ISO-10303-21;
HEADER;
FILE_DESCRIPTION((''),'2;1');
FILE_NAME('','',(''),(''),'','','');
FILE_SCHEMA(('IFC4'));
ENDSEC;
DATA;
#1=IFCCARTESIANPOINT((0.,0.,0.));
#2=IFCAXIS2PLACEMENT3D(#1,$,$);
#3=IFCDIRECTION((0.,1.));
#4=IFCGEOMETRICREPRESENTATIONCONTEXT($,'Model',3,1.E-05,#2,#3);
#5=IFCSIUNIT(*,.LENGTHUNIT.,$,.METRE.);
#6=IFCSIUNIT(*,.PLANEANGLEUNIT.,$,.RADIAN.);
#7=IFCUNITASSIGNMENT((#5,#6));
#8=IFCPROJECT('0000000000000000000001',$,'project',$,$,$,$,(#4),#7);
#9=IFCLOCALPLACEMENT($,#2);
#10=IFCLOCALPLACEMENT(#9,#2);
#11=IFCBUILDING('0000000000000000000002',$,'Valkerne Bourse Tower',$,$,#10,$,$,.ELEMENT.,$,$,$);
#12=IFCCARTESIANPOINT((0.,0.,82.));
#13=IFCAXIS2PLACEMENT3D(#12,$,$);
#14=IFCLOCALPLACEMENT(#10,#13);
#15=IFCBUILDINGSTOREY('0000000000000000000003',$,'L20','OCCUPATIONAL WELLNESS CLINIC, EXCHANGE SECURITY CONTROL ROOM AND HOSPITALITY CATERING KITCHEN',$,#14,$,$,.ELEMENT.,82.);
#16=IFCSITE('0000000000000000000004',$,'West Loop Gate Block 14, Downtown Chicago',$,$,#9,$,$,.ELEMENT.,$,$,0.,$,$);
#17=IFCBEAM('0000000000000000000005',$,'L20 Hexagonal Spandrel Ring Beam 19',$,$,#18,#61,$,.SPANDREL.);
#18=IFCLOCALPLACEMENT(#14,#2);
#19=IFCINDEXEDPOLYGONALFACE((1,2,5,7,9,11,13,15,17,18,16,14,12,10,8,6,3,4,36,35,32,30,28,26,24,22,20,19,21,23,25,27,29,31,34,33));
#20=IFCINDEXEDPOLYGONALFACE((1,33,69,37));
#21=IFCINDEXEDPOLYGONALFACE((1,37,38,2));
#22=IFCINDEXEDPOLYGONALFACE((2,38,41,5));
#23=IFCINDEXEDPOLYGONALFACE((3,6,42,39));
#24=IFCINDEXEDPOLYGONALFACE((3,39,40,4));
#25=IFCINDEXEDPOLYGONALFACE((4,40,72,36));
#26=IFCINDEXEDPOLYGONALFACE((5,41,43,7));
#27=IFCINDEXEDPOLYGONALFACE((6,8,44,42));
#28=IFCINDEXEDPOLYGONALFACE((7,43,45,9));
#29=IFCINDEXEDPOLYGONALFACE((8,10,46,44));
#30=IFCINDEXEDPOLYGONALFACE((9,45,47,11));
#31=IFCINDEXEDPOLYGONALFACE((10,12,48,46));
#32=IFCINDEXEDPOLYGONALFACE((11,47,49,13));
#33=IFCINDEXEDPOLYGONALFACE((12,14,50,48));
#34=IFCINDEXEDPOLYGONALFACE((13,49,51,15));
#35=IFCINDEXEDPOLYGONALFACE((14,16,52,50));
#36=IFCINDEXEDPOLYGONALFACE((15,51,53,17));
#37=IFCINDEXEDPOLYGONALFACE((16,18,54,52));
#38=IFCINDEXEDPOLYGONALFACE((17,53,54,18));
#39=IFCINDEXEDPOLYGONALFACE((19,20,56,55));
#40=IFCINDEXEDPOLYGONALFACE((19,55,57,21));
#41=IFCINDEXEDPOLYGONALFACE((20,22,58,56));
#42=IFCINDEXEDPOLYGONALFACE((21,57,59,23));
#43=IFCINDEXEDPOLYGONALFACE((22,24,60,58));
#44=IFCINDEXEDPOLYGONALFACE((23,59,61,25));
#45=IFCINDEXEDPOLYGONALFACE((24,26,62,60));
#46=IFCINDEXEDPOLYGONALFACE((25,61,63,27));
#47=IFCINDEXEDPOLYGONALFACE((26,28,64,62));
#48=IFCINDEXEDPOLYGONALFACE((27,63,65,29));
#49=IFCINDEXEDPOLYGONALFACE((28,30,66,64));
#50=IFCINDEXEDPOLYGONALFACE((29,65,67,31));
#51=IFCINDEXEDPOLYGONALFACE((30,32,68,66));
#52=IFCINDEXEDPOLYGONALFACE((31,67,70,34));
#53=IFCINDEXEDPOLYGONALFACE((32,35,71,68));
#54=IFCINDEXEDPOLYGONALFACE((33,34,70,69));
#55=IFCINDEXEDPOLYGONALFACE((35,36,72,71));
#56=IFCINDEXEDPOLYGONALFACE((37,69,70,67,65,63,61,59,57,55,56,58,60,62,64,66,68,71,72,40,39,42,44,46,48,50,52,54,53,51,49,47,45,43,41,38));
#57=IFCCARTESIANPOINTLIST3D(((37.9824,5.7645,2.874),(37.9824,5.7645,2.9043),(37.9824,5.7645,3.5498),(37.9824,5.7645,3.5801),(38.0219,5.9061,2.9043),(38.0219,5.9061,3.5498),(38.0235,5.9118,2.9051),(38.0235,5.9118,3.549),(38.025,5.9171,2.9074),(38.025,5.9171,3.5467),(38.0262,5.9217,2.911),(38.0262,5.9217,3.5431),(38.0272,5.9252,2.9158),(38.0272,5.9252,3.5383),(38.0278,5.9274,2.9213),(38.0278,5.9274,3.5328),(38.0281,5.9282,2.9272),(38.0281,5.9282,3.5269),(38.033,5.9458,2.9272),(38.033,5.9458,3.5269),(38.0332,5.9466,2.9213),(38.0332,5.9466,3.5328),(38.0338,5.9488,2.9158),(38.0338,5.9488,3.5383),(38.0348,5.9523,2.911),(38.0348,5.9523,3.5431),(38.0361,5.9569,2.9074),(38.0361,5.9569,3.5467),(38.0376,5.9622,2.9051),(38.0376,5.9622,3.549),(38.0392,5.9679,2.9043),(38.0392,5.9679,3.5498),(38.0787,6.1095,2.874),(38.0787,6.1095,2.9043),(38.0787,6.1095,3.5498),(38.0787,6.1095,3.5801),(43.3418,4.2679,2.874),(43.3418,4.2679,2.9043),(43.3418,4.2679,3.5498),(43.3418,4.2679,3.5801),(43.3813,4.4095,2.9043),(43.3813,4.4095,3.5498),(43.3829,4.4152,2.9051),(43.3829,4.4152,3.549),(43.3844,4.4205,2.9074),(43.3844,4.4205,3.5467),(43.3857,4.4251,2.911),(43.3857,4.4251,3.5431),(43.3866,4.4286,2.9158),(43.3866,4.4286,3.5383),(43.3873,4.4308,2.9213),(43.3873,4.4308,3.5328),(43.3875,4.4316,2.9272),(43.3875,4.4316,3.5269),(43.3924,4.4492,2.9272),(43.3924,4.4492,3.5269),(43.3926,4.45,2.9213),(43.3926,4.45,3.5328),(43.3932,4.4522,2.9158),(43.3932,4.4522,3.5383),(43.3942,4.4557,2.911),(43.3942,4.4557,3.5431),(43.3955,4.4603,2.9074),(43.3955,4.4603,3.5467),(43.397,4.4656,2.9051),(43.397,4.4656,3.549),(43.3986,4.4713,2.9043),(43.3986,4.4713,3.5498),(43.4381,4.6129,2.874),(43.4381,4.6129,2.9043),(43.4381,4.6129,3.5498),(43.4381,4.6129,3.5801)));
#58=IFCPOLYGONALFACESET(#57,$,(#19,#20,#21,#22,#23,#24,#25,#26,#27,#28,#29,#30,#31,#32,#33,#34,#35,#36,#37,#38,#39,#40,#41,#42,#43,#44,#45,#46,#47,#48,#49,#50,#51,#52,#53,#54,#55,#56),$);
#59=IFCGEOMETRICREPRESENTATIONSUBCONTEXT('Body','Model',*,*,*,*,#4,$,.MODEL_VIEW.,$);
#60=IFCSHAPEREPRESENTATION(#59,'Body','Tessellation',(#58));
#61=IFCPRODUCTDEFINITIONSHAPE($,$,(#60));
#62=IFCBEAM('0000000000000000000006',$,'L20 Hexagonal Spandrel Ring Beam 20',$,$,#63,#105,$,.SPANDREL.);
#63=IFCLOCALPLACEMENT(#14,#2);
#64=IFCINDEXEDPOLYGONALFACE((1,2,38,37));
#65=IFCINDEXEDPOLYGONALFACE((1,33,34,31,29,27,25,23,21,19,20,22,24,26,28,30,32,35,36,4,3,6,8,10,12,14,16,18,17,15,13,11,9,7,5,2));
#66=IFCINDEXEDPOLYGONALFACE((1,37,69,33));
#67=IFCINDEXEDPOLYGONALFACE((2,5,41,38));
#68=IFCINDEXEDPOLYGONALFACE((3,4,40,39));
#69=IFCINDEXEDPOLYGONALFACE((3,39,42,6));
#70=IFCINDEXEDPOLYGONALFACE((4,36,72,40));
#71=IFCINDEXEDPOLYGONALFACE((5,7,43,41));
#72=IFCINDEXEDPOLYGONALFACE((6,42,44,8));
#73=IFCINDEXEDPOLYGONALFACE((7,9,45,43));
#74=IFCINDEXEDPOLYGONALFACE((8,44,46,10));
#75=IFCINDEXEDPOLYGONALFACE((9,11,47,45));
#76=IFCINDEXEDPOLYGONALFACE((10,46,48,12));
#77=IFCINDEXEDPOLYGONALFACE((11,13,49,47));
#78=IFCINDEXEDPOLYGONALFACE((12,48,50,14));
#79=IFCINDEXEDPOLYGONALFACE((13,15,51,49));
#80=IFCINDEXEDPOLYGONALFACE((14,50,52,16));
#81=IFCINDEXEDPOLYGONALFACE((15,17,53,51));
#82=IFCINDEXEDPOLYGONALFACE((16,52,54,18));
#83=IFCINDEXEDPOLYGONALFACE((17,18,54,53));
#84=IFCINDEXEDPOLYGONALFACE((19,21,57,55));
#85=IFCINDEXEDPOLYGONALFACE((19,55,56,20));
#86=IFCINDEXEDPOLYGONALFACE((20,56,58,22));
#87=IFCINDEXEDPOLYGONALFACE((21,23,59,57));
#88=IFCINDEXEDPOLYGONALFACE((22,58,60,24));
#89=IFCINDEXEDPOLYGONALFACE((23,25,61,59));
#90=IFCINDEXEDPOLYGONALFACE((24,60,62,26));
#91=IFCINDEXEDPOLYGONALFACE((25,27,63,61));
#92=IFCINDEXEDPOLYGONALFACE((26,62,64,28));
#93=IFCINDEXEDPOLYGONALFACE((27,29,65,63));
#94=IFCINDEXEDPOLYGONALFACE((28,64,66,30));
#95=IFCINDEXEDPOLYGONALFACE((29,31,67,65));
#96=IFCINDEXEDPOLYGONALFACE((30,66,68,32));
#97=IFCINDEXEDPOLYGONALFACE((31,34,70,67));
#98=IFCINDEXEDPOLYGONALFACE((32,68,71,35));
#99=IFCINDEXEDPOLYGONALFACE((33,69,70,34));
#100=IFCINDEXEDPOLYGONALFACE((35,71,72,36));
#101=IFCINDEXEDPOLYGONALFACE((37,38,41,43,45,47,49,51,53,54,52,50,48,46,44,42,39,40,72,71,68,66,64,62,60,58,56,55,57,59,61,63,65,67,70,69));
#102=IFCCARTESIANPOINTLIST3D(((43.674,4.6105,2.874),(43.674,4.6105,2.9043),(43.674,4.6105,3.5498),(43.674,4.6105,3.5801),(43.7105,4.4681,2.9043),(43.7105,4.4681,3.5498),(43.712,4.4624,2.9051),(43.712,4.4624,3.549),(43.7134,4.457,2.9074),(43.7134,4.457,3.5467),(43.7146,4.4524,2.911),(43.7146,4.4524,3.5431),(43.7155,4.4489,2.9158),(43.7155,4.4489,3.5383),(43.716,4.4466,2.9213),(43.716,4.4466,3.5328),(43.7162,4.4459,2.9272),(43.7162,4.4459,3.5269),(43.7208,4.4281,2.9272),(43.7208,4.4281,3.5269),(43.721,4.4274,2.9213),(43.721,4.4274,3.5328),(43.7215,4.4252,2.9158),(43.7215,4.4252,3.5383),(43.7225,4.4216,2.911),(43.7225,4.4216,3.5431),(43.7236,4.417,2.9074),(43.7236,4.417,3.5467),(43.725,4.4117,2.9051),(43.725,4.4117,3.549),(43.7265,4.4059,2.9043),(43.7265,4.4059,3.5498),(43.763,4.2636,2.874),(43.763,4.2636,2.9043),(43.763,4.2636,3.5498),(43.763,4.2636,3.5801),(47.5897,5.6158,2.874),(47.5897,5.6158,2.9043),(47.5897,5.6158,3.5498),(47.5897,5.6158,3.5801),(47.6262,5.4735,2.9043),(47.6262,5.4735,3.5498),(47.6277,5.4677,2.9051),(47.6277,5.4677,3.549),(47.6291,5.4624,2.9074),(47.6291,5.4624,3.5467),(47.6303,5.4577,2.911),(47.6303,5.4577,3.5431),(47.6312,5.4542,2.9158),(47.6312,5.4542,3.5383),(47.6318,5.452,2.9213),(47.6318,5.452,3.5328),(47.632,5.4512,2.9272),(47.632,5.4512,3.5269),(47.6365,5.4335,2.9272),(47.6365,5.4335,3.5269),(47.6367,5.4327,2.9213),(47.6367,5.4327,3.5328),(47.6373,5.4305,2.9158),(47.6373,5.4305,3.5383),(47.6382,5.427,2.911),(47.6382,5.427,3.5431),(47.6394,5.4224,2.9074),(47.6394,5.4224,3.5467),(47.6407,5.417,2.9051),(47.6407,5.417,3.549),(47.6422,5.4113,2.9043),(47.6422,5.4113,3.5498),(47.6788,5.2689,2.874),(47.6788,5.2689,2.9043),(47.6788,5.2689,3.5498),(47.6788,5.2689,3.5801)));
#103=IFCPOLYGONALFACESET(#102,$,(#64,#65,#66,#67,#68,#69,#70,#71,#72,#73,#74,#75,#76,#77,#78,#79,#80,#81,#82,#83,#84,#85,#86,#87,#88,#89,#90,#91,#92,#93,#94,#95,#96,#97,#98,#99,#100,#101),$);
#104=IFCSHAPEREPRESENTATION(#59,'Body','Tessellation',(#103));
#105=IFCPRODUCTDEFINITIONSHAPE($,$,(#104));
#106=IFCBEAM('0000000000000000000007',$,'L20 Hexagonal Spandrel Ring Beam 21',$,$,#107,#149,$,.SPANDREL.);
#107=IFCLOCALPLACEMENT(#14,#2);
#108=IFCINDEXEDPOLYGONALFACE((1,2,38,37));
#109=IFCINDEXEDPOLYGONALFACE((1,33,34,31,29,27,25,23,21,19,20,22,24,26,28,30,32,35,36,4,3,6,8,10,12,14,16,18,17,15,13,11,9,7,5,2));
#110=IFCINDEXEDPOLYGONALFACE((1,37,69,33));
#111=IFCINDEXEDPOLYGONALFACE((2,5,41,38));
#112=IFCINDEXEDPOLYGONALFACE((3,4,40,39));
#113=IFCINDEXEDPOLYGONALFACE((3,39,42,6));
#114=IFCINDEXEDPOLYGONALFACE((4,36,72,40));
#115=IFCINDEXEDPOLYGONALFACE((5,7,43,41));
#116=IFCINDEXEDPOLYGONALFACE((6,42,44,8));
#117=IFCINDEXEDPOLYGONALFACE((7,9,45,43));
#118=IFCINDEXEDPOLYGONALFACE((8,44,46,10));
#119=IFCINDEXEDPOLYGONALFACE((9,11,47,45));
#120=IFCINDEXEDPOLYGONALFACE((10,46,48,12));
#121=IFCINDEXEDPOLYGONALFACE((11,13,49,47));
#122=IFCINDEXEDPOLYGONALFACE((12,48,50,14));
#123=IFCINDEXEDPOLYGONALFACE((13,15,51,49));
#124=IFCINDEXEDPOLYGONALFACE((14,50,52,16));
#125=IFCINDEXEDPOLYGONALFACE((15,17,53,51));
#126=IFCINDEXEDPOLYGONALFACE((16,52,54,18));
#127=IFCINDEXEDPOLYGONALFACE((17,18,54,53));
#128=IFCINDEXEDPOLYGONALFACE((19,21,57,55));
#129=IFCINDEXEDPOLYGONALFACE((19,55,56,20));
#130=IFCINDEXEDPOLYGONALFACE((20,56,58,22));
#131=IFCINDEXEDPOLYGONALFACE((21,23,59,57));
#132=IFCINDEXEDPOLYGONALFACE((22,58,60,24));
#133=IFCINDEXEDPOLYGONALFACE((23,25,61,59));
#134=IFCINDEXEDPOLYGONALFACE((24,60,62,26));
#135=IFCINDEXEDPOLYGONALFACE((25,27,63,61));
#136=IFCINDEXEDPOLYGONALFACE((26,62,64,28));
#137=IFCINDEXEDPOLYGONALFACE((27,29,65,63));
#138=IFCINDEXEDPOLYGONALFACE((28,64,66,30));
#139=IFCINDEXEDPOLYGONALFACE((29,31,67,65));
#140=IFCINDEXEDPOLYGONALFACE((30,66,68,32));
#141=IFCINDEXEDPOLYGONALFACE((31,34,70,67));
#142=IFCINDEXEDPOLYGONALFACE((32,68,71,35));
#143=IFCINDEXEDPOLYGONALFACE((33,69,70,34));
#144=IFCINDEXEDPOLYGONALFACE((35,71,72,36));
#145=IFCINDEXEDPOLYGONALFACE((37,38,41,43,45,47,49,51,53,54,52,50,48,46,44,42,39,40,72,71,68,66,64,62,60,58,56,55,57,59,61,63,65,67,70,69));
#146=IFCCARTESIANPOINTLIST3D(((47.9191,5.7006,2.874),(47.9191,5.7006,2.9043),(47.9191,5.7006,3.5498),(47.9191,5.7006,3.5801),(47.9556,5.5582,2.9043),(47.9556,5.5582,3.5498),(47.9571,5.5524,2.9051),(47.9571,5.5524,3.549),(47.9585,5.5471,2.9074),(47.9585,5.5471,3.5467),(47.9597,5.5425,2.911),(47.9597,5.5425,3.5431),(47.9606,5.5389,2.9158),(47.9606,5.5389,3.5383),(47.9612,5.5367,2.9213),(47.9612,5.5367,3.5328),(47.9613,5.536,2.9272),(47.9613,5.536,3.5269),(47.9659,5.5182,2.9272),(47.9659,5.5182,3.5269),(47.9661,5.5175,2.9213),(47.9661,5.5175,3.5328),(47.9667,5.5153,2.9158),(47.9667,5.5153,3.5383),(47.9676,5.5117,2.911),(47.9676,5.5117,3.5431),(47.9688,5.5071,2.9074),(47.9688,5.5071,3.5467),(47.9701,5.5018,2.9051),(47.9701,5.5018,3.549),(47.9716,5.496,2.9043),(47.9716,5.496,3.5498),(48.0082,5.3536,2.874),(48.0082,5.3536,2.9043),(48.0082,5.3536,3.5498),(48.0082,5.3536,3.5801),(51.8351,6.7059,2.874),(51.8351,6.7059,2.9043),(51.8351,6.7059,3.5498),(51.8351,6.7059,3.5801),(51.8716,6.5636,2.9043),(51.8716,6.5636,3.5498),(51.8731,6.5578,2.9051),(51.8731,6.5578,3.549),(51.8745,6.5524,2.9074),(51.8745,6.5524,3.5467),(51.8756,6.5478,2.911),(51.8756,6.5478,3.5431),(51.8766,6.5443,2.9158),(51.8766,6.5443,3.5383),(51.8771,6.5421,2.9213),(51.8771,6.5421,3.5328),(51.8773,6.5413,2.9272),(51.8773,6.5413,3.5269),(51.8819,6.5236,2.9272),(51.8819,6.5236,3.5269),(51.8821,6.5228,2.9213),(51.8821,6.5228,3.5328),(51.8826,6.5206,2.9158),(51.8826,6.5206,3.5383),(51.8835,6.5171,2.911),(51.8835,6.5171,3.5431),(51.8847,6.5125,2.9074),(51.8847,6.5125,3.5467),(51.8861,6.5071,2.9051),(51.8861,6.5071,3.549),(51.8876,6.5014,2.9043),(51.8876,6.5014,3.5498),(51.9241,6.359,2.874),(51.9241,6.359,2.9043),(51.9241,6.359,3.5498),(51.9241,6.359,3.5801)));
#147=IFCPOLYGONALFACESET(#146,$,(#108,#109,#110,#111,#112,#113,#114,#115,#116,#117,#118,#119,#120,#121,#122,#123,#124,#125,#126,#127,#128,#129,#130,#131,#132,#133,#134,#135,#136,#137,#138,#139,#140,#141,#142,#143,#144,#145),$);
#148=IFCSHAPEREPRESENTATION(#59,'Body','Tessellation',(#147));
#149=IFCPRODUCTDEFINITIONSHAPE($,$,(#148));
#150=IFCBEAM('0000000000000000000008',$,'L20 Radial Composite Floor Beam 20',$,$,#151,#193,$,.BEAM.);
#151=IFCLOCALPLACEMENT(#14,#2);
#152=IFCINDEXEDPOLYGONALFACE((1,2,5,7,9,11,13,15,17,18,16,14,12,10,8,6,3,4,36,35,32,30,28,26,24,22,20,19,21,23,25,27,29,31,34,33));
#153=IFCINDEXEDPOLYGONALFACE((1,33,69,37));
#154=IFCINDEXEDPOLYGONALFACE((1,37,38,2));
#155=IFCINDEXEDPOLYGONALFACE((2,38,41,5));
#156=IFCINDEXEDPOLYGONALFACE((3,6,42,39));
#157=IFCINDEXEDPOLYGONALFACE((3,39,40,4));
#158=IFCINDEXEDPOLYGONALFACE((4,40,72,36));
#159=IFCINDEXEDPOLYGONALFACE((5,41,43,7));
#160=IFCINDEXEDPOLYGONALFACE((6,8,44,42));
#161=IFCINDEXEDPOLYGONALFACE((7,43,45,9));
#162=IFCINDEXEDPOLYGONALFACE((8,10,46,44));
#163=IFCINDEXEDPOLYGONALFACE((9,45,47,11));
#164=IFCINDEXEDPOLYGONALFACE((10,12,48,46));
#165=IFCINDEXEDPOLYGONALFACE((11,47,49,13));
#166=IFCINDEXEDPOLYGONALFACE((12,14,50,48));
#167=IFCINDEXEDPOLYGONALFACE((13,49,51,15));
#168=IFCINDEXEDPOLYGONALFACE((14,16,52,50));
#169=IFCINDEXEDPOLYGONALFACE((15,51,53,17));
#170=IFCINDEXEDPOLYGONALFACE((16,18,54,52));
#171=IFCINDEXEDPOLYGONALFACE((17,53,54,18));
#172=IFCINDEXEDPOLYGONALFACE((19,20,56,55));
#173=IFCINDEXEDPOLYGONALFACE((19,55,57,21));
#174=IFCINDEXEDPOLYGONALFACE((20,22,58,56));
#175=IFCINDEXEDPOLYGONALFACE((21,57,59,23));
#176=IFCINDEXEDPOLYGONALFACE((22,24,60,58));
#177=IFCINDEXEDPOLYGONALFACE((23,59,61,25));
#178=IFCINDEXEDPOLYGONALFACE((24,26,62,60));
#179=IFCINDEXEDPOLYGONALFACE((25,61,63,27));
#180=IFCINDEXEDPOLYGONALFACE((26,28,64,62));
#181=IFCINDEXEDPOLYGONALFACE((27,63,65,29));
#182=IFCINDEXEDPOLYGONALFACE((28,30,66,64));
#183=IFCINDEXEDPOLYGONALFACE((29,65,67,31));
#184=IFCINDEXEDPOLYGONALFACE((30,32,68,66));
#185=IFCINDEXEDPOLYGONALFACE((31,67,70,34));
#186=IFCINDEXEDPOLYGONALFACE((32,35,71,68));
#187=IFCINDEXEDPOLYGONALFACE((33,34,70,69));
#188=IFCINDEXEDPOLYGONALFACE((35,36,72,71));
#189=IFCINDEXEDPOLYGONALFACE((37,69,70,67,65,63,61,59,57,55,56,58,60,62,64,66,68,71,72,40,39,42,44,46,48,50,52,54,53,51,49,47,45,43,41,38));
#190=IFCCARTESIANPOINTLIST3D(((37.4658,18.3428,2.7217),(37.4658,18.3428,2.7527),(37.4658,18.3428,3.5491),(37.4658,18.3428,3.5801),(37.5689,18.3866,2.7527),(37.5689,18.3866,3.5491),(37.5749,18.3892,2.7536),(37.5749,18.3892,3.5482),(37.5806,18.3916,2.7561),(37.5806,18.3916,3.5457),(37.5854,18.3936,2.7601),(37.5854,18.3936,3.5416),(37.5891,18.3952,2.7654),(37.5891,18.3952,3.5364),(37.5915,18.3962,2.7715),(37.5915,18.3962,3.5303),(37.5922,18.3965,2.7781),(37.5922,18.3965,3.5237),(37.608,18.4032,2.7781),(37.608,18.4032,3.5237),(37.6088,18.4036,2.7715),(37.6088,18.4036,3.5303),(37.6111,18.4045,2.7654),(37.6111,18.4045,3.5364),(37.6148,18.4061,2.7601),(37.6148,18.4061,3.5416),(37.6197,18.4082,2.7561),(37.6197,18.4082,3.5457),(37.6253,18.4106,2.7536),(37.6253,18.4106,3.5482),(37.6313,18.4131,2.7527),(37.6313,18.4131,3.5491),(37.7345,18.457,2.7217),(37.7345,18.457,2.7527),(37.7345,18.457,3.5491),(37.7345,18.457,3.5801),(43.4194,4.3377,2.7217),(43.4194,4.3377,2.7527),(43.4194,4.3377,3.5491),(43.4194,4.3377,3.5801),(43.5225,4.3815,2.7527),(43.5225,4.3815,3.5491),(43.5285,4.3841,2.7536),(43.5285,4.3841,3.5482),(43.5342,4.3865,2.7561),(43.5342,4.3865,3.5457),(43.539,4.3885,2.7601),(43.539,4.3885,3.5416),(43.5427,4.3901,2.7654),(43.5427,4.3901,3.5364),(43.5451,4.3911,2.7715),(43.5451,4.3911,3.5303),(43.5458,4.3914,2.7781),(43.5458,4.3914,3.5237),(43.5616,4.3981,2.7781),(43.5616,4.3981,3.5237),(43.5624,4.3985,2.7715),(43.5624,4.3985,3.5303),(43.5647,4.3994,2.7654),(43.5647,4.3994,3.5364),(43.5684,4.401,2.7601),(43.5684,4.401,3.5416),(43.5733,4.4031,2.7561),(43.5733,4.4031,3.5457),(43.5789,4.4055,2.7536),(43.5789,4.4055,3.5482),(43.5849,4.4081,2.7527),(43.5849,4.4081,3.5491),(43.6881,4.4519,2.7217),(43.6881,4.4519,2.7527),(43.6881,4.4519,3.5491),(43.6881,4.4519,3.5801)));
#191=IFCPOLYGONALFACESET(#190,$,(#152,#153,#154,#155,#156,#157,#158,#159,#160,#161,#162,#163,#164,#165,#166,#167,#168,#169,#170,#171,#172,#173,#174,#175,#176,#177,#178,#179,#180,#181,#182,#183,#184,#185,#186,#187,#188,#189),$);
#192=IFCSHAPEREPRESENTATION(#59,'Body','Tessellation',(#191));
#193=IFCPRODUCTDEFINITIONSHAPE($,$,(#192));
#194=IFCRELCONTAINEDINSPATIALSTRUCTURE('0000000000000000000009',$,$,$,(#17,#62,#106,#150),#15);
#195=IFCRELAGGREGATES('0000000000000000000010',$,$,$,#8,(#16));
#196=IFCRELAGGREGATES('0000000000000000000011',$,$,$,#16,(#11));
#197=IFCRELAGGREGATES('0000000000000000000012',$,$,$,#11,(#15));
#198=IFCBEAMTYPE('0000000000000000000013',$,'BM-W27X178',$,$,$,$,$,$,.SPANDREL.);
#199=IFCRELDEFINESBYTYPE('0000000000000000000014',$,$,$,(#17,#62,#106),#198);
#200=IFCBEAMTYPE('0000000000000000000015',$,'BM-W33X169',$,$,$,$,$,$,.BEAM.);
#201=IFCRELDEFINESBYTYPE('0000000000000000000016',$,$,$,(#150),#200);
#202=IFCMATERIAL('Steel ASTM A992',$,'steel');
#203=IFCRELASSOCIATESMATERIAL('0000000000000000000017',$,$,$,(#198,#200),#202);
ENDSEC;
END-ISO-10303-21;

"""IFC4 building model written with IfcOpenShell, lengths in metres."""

from ifc_helpers import new_model, si_unit, direction, frame, origin, origin_2d, place, context, subcontext, project, spatial, i_section, extrude, material, material_profile, profile_set, type_object, element, save


model = new_model("IFC4")

# Units and contexts
model_context = context("Model", 3, precision=1e-05, world=origin(), true_north=direction((0.0, 1.0)))
body_context = subcontext(model_context, "Body", "Model", "MODEL_VIEW")
ifc_project = project(units=[si_unit("LENGTHUNIT", "METRE"), si_unit("PLANEANGLEUNIT", "RADIAN")], contexts=[model_context])

# Site, building, storey
site_placement = place(None, origin())
site = spatial("IfcSite", under=ifc_project, at=site_placement, Name="West Loop Gate Block 14, Downtown Chicago", CompositionType="ELEMENT", RefElevation=0.0)
building_placement = place(site_placement, origin())
building = spatial("IfcBuilding", under=site, at=building_placement, Name="Valkerne Bourse Tower", CompositionType="ELEMENT")
storey_placement = place(building_placement, frame((0.0, 0.0, 82.0)))
storey = spatial("IfcBuildingStorey", under=building, at=storey_placement, Name="L20", Description="OCCUPATIONAL WELLNESS CLINIC, EXCHANGE SECURITY CONTROL ROOM AND HOSPITALITY CATERING KITCHEN", CompositionType="ELEMENT", Elevation=82.0)

# Beams
ifc_material_1 = material(Name="Steel ASTM A992", Category="steel")
ifc_material_profile_1 = material_profile(ifc_material_1, i_section(OverallWidth=0.3582, OverallDepth=0.7061, WebThickness=0.0183, FlangeThickness=0.0303, FilletRadius=0.0229, at=origin_2d()), Name="W27X178")
ifc_profile_set_1 = profile_set([ifc_material_profile_1], Name="Steel ASTM A992")
beam_type_1 = type_object("IfcBeamType", Name="BM-W27X178", PredefinedType="SPANDREL", material=ifc_profile_set_1)
beam_1_placement = place(storey_placement, frame((38.0305, 5.937, 3.2271), z_axis=(0.963152, -0.268956, 0.0), x_axis=(0.268956, 0.963152, 0.0)))
element("IfcBeam", 1, at=beam_1_placement, inside=storey, type_object=beam_type_1, Name="L20 Hexagonal Spandrel Ring Beam 19", PredefinedType="SPANDREL", context=body_context, shape_type="SweptSolid", body=[
    extrude(i_section(OverallWidth=0.3582, OverallDepth=0.7061, WebThickness=0.0183, FlangeThickness=0.0303, FilletRadius=0.0229, at=origin_2d()), origin(), (0.0, 0.0, 1.0), 5.5645),
])
beam_2_placement = place(storey_placement, frame((43.7185, 4.437, 3.2271), z_axis=(0.968585, 0.248683, 0.0), x_axis=(-0.248683, 0.968585, 0.0)))
element("IfcBeam", 2, at=beam_2_placement, inside=storey, type_object=beam_type_1, Name="L20 Hexagonal Spandrel Ring Beam 20", PredefinedType="SPANDREL", context=body_context, shape_type="SweptSolid", body=[
    extrude(i_section(OverallWidth=0.3582, OverallDepth=0.7061, WebThickness=0.0183, FlangeThickness=0.0303, FilletRadius=0.0229, at=origin_2d()), origin(), (0.0, 0.0, 1.0), 4.0427),
])
beam_3_placement = place(storey_placement, frame((47.9636, 5.5271, 3.2271), z_axis=(0.968589, 0.248669, 0.0), x_axis=(-0.248669, 0.968589, 0.0)))
element("IfcBeam", 3, at=beam_3_placement, inside=storey, type_object=beam_type_1, Name="L20 Hexagonal Spandrel Ring Beam 21", PredefinedType="SPANDREL", context=body_context, shape_type="SweptSolid", body=[
    extrude(i_section(OverallWidth=0.3582, OverallDepth=0.7061, WebThickness=0.0183, FlangeThickness=0.0303, FilletRadius=0.0229, at=origin_2d()), origin(), (0.0, 0.0, 1.0), 4.043),
])
ifc_material_profile_2 = material_profile(ifc_material_1, i_section(OverallWidth=0.292, OverallDepth=0.8584, WebThickness=0.0171, FlangeThickness=0.031, FilletRadius=0.0254, at=origin_2d()), Name="W33X169")
ifc_profile_set_2 = profile_set([ifc_material_profile_2], Name="Steel ASTM A992")
beam_type_2 = type_object("IfcBeamType", Name="BM-W33X169", PredefinedType="BEAM", material=ifc_profile_set_2)
beam_4_placement = place(storey_placement, frame((43.5537, 4.3948, 3.1509), z_axis=(-0.39122, 0.920297, 0.0), x_axis=(-0.920297, -0.39122, 0.0)))
element("IfcBeam", 4, at=beam_4_placement, inside=storey, type_object=beam_type_2, Name="L20 Radial Composite Floor Beam 20", PredefinedType="BEAM", context=body_context, shape_type="SweptSolid", body=[
    extrude(i_section(OverallWidth=0.292, OverallDepth=0.8584, WebThickness=0.0171, FlangeThickness=0.031, FilletRadius=0.0254, at=origin_2d()), origin(), (0.0, 0.0, 1.0), 15.218),
])

save(model, "model.ifc")
